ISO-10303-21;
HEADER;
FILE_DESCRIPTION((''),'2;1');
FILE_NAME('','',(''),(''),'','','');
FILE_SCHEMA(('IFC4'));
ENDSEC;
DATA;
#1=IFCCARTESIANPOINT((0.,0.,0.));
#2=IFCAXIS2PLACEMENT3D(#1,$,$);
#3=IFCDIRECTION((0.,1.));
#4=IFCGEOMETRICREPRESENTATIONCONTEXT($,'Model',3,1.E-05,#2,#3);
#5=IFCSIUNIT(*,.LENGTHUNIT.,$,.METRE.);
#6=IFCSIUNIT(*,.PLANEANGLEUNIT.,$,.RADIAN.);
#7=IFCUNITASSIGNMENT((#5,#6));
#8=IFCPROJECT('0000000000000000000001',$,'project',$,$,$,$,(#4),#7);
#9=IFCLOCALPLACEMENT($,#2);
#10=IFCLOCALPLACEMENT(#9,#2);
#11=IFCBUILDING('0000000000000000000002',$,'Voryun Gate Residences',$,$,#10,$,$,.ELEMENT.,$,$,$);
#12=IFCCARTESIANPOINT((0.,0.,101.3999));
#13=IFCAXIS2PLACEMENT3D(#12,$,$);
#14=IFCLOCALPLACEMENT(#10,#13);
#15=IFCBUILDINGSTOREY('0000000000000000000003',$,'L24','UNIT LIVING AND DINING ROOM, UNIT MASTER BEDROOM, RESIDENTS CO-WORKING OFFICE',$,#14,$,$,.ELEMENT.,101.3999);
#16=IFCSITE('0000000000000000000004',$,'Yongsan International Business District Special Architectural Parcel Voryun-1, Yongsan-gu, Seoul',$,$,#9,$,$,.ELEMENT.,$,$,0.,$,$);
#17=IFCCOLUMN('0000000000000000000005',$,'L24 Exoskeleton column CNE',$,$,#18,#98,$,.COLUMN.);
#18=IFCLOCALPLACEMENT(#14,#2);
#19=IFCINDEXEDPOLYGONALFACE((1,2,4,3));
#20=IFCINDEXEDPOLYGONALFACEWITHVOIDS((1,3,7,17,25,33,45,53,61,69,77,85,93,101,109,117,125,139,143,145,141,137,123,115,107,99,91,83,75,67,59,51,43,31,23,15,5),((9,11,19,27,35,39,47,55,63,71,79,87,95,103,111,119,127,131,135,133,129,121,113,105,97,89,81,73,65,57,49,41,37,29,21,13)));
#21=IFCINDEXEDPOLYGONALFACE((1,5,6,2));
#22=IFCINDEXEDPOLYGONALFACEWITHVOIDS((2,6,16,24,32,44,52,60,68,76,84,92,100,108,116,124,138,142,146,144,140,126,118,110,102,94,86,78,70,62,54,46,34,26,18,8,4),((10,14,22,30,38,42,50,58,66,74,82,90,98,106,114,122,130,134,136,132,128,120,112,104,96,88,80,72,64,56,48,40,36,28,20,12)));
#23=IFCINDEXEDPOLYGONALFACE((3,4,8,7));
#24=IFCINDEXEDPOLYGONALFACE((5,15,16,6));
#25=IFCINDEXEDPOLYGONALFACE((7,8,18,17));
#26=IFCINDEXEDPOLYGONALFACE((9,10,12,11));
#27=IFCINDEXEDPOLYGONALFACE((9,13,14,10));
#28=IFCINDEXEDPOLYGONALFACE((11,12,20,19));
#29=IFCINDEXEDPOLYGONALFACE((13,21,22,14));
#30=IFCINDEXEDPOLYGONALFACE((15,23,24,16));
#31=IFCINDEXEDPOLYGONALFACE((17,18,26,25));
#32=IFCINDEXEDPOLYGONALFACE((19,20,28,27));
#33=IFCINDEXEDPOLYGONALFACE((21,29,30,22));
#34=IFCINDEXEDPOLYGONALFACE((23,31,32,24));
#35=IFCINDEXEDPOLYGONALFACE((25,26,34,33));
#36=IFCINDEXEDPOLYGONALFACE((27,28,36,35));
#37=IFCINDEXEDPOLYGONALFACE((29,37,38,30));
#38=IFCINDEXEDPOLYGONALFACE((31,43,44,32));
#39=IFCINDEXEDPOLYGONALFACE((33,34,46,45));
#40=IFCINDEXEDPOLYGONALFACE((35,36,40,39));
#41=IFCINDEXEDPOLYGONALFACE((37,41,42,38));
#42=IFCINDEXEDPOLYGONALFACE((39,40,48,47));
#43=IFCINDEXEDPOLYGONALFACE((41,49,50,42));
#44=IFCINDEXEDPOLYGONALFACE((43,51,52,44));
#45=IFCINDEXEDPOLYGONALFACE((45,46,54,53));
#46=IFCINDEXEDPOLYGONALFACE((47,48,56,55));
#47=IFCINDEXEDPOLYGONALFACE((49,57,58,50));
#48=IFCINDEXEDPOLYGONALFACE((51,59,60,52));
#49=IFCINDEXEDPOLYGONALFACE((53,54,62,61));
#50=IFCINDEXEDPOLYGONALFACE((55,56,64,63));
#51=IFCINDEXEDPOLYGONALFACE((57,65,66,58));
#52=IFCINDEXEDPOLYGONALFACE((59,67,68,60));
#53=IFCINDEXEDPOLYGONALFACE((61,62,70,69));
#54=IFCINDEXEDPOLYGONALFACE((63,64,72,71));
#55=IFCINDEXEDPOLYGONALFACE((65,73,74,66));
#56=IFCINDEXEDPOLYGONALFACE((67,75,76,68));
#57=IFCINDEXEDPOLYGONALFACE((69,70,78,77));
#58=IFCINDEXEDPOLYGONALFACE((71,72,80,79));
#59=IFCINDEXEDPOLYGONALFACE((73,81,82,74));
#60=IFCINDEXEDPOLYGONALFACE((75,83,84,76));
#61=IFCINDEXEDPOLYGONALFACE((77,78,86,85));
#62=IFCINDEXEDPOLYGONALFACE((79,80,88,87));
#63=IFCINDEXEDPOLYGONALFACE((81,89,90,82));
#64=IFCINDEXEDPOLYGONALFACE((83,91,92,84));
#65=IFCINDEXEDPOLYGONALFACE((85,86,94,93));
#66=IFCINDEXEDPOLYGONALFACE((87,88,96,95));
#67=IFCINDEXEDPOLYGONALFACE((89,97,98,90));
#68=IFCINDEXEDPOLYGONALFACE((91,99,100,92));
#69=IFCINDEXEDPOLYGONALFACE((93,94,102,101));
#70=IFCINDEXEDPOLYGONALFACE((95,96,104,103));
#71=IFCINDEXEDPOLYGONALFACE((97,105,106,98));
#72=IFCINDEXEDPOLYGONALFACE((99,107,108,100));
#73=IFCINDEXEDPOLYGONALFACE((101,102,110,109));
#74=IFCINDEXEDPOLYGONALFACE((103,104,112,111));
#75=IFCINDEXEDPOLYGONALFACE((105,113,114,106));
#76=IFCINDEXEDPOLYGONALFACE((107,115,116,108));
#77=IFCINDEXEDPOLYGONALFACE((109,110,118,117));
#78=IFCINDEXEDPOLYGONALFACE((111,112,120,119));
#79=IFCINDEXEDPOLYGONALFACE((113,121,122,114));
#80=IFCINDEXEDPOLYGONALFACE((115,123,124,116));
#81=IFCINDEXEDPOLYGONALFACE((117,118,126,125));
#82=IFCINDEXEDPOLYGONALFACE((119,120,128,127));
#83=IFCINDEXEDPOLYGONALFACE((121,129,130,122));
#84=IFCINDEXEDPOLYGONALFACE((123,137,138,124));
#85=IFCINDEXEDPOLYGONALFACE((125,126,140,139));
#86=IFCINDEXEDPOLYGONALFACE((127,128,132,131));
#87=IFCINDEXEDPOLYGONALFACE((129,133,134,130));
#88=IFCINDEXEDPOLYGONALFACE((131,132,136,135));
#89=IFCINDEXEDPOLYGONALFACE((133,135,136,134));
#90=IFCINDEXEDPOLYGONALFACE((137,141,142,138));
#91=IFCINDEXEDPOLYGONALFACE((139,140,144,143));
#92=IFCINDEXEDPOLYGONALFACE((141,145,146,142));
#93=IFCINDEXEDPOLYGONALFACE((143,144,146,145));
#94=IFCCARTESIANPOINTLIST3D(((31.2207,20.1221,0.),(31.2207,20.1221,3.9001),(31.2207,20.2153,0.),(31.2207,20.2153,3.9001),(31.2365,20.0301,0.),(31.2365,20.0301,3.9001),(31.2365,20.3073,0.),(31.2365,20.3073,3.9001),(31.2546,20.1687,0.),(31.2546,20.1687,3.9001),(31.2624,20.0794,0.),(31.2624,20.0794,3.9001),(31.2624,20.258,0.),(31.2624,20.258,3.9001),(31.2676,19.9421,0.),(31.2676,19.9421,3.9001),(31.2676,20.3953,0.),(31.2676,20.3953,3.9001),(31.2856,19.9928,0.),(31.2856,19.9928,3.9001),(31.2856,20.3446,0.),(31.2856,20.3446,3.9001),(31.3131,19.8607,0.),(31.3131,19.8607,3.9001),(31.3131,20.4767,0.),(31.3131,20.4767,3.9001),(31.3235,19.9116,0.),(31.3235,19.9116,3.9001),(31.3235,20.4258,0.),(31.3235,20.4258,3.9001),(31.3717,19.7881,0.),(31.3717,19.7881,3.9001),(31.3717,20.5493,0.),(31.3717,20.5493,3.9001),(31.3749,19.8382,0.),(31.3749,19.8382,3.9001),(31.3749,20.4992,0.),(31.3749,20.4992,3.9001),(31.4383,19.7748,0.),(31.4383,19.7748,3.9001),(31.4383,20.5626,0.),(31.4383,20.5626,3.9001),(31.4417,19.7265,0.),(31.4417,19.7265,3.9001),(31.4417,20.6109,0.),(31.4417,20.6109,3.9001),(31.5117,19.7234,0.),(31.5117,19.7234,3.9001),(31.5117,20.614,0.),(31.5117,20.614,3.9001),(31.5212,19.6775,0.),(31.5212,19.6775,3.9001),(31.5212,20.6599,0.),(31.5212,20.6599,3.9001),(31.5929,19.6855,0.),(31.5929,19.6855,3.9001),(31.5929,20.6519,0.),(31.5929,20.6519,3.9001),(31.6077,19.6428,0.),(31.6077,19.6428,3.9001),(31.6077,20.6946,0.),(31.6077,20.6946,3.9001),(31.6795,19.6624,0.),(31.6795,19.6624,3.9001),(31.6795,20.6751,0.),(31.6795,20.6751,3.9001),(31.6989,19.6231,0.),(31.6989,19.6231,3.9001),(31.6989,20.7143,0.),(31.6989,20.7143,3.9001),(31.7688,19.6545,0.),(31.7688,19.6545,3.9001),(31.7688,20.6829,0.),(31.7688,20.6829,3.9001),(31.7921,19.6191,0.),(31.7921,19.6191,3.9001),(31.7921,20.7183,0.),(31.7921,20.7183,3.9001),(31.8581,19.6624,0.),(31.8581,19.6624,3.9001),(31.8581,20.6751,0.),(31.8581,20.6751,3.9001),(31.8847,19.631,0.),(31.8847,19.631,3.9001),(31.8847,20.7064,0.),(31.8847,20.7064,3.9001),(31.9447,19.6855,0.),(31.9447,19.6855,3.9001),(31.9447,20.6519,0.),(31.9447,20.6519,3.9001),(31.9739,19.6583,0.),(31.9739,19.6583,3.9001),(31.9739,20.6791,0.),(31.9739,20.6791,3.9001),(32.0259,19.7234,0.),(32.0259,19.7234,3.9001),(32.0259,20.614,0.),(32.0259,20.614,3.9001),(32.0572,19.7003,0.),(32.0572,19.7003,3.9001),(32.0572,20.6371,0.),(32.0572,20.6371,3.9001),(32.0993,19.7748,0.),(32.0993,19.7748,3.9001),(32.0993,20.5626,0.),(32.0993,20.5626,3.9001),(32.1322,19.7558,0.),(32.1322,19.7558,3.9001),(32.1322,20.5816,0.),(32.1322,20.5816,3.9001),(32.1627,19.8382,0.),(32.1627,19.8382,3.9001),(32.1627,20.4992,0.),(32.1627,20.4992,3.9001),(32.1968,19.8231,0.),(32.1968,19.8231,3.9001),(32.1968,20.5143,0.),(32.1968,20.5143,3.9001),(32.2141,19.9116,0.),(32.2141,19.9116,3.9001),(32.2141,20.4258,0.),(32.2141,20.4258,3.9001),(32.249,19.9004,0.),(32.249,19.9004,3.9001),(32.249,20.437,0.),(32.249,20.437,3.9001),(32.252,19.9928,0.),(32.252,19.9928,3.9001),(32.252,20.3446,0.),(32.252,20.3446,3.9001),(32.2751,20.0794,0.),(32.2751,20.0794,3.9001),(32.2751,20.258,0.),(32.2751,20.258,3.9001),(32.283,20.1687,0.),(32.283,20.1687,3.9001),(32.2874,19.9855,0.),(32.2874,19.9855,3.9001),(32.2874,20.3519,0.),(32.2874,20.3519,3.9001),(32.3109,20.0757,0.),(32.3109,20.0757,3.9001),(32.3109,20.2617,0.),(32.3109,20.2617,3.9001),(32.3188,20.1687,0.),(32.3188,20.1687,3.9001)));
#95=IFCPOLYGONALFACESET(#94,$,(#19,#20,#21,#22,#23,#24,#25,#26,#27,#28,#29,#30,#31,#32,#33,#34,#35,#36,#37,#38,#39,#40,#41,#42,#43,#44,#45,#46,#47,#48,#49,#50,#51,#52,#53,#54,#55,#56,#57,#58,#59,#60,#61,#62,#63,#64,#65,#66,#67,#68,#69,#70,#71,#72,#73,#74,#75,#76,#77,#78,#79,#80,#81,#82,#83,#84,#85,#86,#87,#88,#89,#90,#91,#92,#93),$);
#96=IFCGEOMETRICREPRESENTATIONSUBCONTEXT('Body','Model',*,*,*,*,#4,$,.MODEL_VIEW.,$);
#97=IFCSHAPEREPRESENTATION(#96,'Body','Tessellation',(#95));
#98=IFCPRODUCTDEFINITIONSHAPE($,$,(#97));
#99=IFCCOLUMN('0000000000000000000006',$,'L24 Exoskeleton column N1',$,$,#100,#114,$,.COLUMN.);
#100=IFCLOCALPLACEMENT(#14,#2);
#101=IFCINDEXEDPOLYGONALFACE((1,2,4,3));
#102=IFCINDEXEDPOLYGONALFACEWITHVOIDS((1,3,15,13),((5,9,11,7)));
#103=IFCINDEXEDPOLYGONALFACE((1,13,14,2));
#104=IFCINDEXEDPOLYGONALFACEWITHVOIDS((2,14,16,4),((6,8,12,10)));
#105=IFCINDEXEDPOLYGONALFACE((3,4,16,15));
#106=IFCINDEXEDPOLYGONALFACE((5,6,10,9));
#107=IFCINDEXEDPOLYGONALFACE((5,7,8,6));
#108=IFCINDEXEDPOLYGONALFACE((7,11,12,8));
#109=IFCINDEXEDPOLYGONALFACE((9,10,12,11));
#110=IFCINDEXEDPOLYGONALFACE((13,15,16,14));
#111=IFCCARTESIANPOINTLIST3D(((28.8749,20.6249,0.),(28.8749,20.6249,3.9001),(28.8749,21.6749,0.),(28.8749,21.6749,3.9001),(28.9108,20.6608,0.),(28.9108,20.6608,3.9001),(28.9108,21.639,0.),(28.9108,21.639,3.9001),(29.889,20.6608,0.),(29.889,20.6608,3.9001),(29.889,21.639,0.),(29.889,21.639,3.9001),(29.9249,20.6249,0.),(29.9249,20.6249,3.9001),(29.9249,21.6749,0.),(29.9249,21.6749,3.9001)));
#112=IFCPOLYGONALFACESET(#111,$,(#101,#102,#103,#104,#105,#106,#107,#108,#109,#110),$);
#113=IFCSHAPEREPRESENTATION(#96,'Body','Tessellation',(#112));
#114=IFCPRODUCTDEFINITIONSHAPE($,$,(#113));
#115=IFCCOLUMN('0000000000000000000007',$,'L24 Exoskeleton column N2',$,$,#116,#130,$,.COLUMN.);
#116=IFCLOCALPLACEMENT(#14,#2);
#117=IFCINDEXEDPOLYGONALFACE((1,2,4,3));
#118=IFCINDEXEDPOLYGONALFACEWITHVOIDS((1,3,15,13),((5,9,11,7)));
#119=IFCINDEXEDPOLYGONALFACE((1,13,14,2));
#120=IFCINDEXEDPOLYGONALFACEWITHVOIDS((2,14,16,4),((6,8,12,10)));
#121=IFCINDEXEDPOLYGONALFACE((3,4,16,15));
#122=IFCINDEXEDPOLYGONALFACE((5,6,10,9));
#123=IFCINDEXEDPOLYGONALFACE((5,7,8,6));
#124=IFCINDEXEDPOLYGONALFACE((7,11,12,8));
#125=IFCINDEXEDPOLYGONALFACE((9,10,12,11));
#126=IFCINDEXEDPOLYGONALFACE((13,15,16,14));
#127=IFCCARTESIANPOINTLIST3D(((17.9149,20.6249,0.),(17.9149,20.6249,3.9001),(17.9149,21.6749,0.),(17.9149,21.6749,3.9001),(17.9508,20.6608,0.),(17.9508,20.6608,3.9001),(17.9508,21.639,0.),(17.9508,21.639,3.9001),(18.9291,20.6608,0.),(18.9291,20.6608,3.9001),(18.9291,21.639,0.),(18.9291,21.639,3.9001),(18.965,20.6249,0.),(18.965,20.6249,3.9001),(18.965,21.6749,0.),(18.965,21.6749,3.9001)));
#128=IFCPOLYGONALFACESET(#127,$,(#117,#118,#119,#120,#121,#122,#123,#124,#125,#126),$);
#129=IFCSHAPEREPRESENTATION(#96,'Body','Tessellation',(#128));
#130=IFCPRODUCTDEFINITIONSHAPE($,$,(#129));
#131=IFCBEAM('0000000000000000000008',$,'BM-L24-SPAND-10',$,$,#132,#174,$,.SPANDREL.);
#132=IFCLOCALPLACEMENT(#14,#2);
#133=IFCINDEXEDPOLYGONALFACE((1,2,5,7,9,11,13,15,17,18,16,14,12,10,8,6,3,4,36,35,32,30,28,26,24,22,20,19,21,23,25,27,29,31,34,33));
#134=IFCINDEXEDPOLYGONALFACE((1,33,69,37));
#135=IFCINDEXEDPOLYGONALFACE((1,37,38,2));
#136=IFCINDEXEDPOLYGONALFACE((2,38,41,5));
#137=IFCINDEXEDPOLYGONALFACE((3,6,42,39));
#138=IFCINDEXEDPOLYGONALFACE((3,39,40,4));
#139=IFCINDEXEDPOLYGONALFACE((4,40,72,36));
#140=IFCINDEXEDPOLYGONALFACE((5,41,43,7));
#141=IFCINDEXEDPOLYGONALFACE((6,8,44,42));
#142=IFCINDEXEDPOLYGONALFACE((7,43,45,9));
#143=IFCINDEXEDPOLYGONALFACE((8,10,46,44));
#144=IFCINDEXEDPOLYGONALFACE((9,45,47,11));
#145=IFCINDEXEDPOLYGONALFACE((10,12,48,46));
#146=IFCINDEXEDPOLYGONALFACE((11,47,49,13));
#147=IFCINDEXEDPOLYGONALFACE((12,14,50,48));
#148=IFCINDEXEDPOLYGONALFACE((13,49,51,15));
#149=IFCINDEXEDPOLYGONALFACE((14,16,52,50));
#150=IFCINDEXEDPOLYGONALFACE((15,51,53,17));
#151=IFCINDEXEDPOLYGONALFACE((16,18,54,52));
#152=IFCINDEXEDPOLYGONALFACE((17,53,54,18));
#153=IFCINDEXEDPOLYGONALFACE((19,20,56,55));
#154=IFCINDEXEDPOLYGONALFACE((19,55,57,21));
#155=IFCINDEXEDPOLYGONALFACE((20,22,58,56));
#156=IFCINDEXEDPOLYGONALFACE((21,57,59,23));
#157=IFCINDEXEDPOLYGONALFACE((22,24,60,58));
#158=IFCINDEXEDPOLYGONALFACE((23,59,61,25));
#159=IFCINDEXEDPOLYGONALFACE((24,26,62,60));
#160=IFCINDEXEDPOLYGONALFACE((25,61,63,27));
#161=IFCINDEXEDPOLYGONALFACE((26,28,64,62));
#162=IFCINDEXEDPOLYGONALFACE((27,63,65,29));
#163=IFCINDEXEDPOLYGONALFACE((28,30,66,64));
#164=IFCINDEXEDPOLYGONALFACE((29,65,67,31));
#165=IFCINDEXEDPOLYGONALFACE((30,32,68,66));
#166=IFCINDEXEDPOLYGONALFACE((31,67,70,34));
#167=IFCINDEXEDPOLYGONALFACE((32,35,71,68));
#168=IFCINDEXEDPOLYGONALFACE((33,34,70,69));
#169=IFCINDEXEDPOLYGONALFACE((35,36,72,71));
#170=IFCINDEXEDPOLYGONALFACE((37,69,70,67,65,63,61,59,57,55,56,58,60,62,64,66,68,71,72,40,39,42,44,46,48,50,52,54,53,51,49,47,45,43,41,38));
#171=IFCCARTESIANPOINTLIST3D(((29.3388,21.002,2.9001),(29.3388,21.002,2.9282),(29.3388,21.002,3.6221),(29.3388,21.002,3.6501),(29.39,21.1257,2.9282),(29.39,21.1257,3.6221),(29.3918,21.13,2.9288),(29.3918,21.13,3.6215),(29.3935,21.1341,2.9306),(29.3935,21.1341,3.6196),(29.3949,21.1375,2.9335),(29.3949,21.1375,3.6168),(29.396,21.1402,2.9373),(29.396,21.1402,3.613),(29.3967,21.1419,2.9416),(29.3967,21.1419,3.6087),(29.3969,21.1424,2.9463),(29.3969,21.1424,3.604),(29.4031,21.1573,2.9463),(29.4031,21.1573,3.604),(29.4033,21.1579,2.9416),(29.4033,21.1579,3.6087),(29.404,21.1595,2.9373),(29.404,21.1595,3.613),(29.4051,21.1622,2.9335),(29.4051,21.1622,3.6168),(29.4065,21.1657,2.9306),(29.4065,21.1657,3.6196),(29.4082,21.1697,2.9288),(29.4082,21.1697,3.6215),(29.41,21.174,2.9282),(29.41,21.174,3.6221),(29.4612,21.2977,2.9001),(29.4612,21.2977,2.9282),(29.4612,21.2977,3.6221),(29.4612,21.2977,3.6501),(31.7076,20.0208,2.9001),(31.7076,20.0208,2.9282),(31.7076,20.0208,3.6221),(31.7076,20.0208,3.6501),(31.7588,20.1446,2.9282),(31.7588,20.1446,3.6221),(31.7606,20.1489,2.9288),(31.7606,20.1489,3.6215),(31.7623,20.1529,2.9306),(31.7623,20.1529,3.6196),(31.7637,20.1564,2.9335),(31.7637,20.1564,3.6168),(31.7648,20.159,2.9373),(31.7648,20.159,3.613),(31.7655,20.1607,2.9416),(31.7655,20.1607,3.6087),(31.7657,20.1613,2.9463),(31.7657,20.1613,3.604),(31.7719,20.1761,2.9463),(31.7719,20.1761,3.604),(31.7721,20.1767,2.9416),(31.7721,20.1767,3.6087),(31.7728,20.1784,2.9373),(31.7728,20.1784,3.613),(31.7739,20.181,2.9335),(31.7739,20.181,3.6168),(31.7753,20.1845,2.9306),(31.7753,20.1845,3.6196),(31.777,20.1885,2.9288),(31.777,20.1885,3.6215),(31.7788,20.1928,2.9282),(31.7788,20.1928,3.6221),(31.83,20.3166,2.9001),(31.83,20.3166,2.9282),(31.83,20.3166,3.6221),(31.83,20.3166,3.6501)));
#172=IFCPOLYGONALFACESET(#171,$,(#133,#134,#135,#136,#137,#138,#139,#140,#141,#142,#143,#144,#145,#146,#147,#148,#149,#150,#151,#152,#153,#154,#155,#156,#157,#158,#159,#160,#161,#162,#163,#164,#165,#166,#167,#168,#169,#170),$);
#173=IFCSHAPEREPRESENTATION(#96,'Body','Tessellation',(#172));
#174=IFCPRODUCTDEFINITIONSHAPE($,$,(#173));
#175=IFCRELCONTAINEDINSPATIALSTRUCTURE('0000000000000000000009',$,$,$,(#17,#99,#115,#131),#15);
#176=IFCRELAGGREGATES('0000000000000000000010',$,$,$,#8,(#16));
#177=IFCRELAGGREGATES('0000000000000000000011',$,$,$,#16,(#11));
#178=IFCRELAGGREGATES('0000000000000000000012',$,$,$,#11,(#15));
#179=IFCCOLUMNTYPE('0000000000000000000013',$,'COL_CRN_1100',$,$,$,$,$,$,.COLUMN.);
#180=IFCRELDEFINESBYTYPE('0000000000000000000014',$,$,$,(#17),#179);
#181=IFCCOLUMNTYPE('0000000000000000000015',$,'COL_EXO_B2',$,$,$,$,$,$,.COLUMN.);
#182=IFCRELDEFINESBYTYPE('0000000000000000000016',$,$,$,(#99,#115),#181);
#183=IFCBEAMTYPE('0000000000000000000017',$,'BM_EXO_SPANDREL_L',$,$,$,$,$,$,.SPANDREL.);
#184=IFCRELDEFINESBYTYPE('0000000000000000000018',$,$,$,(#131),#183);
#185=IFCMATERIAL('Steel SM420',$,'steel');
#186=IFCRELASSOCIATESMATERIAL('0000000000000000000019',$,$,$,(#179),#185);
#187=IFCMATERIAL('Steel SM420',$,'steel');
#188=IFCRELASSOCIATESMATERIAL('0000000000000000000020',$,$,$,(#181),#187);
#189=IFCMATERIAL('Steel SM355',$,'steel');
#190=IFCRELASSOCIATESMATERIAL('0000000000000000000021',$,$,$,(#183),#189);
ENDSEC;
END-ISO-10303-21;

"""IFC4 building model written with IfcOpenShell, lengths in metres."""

from ifc_helpers import new_model, si_unit, direction, frame, origin, origin_2d, place, context, subcontext, project, spatial, hollow_rectangle, hollow_circle, i_section, extrude, material, material_profile, profile_set, type_object, element, save


model = new_model("IFC4")

# Units and contexts
model_context = context("Model", 3, precision=1e-05, world=origin(), true_north=direction((0.0, 1.0)))
body_context = subcontext(model_context, "Body", "Model", "MODEL_VIEW")
ifc_project = project(units=[si_unit("LENGTHUNIT", "METRE"), si_unit("PLANEANGLEUNIT", "RADIAN")], contexts=[model_context])

# Site, building, storey
site_placement = place(None, origin())
site = spatial("IfcSite", under=ifc_project, at=site_placement, Name="Yongsan International Business District Special Architectural Parcel Voryun-1, Yongsan-gu, Seoul", CompositionType="ELEMENT", RefElevation=0.0)
building_placement = place(site_placement, origin())
building = spatial("IfcBuilding", under=site, at=building_placement, Name="Voryun Gate Residences", CompositionType="ELEMENT")
storey_placement = place(building_placement, frame((0.0, 0.0, 101.3999)))
storey = spatial("IfcBuildingStorey", under=building, at=storey_placement, Name="L24", Description="UNIT LIVING AND DINING ROOM, UNIT MASTER BEDROOM, RESIDENTS CO-WORKING OFFICE", CompositionType="ELEMENT", Elevation=101.3999)

# Columns
ifc_material_1 = material(Name="Steel SM420", Category="steel")
ifc_material_profile_1 = material_profile(ifc_material_1, hollow_circle(Radius=0.55, WallThickness=0.0359, at=origin_2d()), Name="CHS-1100x36")
ifc_profile_set_1 = profile_set([ifc_material_profile_1], Name="Steel SM420")
column_type_1 = type_object("IfcColumnType", Name="COL_CRN_1100", PredefinedType="COLUMN", material=ifc_profile_set_1)
column_placement = place(storey_placement, frame((31.7688, 20.1687, 0.0), z_axis=(0.0, 0.0, 1.0), x_axis=(1.0, 0.0, 0.0)))
element("IfcColumn", 1, at=column_placement, inside=storey, type_object=column_type_1, Name="L24 Exoskeleton column CNE", PredefinedType="COLUMN", context=body_context, shape_type="SweptSolid", body=[
    extrude(hollow_circle(Radius=0.55, WallThickness=0.0359, at=origin_2d()), origin(), (0.0, 0.0, 1.0), 3.9001),
])
ifc_material_2 = material(Name="Steel SM420", Category="steel")
ifc_material_profile_2 = material_profile(ifc_material_2, hollow_rectangle(XDim=1.05, YDim=1.05, WallThickness=0.0359, at=origin_2d()), Name="BOX-1050x1050x36")
ifc_profile_set_2 = profile_set([ifc_material_profile_2], Name="Steel SM420")
column_type_2 = type_object("IfcColumnType", Name="COL_EXO_B2", PredefinedType="COLUMN", material=ifc_profile_set_2)
for number, where, z_axis, x_axis, name in (
    (2, (29.3999, 21.1499, 0.0), (0.0, 0.0, 1.0), (1.0, 0.0, 0.0), "L24 Exoskeleton column N1"),
    (3, (18.4399, 21.1499, 0.0), (0.0, 0.0, 1.0), (1.0, 0.0, 0.0), "L24 Exoskeleton column N2"),
):
    element("IfcColumn", number, at=place(storey_placement, frame(where, z_axis=z_axis, x_axis=x_axis)), inside=storey, type_object=column_type_2, Name=name, PredefinedType="COLUMN", context=body_context, shape_type="SweptSolid", body=[
        extrude(hollow_rectangle(XDim=1.05, YDim=1.05, WallThickness=0.0359, at=origin_2d()), origin(), (0.0, 0.0, 1.0), 3.9001),
    ])

# Beam
ifc_material_3 = material(Name="Steel SM355", Category="steel")
ifc_material_profile_3 = material_profile(ifc_material_3, i_section(OverallWidth=0.3201, OverallDepth=0.75, WebThickness=0.0161, FlangeThickness=0.0281, FilletRadius=0.0181, at=origin_2d()), Name="H-750x320x16x28")
ifc_profile_set_3 = profile_set([ifc_material_profile_3], Name="Steel SM355")
beam_type = type_object("IfcBeamType", Name="BM_EXO_SPANDREL_L", PredefinedType="SPANDREL", material=ifc_profile_set_3)
beam_placement = place(storey_placement, frame((31.7688, 20.1687, 3.2751), z_axis=(-0.923883, 0.382674, 0.0), x_axis=(-0.382674, -0.923883, 0.0)))
element("IfcBeam", 4, at=beam_placement, inside=storey, type_object=beam_type, Name="BM-L24-SPAND-10", PredefinedType="SPANDREL", context=body_context, shape_type="SweptSolid", body=[
    extrude(i_section(OverallWidth=0.3201, OverallDepth=0.75, WebThickness=0.0161, FlangeThickness=0.0281, FilletRadius=0.0181, at=origin_2d()), origin(), (0.0, 0.0, 1.0), 2.564),
])

save(model, "model.ifc")
